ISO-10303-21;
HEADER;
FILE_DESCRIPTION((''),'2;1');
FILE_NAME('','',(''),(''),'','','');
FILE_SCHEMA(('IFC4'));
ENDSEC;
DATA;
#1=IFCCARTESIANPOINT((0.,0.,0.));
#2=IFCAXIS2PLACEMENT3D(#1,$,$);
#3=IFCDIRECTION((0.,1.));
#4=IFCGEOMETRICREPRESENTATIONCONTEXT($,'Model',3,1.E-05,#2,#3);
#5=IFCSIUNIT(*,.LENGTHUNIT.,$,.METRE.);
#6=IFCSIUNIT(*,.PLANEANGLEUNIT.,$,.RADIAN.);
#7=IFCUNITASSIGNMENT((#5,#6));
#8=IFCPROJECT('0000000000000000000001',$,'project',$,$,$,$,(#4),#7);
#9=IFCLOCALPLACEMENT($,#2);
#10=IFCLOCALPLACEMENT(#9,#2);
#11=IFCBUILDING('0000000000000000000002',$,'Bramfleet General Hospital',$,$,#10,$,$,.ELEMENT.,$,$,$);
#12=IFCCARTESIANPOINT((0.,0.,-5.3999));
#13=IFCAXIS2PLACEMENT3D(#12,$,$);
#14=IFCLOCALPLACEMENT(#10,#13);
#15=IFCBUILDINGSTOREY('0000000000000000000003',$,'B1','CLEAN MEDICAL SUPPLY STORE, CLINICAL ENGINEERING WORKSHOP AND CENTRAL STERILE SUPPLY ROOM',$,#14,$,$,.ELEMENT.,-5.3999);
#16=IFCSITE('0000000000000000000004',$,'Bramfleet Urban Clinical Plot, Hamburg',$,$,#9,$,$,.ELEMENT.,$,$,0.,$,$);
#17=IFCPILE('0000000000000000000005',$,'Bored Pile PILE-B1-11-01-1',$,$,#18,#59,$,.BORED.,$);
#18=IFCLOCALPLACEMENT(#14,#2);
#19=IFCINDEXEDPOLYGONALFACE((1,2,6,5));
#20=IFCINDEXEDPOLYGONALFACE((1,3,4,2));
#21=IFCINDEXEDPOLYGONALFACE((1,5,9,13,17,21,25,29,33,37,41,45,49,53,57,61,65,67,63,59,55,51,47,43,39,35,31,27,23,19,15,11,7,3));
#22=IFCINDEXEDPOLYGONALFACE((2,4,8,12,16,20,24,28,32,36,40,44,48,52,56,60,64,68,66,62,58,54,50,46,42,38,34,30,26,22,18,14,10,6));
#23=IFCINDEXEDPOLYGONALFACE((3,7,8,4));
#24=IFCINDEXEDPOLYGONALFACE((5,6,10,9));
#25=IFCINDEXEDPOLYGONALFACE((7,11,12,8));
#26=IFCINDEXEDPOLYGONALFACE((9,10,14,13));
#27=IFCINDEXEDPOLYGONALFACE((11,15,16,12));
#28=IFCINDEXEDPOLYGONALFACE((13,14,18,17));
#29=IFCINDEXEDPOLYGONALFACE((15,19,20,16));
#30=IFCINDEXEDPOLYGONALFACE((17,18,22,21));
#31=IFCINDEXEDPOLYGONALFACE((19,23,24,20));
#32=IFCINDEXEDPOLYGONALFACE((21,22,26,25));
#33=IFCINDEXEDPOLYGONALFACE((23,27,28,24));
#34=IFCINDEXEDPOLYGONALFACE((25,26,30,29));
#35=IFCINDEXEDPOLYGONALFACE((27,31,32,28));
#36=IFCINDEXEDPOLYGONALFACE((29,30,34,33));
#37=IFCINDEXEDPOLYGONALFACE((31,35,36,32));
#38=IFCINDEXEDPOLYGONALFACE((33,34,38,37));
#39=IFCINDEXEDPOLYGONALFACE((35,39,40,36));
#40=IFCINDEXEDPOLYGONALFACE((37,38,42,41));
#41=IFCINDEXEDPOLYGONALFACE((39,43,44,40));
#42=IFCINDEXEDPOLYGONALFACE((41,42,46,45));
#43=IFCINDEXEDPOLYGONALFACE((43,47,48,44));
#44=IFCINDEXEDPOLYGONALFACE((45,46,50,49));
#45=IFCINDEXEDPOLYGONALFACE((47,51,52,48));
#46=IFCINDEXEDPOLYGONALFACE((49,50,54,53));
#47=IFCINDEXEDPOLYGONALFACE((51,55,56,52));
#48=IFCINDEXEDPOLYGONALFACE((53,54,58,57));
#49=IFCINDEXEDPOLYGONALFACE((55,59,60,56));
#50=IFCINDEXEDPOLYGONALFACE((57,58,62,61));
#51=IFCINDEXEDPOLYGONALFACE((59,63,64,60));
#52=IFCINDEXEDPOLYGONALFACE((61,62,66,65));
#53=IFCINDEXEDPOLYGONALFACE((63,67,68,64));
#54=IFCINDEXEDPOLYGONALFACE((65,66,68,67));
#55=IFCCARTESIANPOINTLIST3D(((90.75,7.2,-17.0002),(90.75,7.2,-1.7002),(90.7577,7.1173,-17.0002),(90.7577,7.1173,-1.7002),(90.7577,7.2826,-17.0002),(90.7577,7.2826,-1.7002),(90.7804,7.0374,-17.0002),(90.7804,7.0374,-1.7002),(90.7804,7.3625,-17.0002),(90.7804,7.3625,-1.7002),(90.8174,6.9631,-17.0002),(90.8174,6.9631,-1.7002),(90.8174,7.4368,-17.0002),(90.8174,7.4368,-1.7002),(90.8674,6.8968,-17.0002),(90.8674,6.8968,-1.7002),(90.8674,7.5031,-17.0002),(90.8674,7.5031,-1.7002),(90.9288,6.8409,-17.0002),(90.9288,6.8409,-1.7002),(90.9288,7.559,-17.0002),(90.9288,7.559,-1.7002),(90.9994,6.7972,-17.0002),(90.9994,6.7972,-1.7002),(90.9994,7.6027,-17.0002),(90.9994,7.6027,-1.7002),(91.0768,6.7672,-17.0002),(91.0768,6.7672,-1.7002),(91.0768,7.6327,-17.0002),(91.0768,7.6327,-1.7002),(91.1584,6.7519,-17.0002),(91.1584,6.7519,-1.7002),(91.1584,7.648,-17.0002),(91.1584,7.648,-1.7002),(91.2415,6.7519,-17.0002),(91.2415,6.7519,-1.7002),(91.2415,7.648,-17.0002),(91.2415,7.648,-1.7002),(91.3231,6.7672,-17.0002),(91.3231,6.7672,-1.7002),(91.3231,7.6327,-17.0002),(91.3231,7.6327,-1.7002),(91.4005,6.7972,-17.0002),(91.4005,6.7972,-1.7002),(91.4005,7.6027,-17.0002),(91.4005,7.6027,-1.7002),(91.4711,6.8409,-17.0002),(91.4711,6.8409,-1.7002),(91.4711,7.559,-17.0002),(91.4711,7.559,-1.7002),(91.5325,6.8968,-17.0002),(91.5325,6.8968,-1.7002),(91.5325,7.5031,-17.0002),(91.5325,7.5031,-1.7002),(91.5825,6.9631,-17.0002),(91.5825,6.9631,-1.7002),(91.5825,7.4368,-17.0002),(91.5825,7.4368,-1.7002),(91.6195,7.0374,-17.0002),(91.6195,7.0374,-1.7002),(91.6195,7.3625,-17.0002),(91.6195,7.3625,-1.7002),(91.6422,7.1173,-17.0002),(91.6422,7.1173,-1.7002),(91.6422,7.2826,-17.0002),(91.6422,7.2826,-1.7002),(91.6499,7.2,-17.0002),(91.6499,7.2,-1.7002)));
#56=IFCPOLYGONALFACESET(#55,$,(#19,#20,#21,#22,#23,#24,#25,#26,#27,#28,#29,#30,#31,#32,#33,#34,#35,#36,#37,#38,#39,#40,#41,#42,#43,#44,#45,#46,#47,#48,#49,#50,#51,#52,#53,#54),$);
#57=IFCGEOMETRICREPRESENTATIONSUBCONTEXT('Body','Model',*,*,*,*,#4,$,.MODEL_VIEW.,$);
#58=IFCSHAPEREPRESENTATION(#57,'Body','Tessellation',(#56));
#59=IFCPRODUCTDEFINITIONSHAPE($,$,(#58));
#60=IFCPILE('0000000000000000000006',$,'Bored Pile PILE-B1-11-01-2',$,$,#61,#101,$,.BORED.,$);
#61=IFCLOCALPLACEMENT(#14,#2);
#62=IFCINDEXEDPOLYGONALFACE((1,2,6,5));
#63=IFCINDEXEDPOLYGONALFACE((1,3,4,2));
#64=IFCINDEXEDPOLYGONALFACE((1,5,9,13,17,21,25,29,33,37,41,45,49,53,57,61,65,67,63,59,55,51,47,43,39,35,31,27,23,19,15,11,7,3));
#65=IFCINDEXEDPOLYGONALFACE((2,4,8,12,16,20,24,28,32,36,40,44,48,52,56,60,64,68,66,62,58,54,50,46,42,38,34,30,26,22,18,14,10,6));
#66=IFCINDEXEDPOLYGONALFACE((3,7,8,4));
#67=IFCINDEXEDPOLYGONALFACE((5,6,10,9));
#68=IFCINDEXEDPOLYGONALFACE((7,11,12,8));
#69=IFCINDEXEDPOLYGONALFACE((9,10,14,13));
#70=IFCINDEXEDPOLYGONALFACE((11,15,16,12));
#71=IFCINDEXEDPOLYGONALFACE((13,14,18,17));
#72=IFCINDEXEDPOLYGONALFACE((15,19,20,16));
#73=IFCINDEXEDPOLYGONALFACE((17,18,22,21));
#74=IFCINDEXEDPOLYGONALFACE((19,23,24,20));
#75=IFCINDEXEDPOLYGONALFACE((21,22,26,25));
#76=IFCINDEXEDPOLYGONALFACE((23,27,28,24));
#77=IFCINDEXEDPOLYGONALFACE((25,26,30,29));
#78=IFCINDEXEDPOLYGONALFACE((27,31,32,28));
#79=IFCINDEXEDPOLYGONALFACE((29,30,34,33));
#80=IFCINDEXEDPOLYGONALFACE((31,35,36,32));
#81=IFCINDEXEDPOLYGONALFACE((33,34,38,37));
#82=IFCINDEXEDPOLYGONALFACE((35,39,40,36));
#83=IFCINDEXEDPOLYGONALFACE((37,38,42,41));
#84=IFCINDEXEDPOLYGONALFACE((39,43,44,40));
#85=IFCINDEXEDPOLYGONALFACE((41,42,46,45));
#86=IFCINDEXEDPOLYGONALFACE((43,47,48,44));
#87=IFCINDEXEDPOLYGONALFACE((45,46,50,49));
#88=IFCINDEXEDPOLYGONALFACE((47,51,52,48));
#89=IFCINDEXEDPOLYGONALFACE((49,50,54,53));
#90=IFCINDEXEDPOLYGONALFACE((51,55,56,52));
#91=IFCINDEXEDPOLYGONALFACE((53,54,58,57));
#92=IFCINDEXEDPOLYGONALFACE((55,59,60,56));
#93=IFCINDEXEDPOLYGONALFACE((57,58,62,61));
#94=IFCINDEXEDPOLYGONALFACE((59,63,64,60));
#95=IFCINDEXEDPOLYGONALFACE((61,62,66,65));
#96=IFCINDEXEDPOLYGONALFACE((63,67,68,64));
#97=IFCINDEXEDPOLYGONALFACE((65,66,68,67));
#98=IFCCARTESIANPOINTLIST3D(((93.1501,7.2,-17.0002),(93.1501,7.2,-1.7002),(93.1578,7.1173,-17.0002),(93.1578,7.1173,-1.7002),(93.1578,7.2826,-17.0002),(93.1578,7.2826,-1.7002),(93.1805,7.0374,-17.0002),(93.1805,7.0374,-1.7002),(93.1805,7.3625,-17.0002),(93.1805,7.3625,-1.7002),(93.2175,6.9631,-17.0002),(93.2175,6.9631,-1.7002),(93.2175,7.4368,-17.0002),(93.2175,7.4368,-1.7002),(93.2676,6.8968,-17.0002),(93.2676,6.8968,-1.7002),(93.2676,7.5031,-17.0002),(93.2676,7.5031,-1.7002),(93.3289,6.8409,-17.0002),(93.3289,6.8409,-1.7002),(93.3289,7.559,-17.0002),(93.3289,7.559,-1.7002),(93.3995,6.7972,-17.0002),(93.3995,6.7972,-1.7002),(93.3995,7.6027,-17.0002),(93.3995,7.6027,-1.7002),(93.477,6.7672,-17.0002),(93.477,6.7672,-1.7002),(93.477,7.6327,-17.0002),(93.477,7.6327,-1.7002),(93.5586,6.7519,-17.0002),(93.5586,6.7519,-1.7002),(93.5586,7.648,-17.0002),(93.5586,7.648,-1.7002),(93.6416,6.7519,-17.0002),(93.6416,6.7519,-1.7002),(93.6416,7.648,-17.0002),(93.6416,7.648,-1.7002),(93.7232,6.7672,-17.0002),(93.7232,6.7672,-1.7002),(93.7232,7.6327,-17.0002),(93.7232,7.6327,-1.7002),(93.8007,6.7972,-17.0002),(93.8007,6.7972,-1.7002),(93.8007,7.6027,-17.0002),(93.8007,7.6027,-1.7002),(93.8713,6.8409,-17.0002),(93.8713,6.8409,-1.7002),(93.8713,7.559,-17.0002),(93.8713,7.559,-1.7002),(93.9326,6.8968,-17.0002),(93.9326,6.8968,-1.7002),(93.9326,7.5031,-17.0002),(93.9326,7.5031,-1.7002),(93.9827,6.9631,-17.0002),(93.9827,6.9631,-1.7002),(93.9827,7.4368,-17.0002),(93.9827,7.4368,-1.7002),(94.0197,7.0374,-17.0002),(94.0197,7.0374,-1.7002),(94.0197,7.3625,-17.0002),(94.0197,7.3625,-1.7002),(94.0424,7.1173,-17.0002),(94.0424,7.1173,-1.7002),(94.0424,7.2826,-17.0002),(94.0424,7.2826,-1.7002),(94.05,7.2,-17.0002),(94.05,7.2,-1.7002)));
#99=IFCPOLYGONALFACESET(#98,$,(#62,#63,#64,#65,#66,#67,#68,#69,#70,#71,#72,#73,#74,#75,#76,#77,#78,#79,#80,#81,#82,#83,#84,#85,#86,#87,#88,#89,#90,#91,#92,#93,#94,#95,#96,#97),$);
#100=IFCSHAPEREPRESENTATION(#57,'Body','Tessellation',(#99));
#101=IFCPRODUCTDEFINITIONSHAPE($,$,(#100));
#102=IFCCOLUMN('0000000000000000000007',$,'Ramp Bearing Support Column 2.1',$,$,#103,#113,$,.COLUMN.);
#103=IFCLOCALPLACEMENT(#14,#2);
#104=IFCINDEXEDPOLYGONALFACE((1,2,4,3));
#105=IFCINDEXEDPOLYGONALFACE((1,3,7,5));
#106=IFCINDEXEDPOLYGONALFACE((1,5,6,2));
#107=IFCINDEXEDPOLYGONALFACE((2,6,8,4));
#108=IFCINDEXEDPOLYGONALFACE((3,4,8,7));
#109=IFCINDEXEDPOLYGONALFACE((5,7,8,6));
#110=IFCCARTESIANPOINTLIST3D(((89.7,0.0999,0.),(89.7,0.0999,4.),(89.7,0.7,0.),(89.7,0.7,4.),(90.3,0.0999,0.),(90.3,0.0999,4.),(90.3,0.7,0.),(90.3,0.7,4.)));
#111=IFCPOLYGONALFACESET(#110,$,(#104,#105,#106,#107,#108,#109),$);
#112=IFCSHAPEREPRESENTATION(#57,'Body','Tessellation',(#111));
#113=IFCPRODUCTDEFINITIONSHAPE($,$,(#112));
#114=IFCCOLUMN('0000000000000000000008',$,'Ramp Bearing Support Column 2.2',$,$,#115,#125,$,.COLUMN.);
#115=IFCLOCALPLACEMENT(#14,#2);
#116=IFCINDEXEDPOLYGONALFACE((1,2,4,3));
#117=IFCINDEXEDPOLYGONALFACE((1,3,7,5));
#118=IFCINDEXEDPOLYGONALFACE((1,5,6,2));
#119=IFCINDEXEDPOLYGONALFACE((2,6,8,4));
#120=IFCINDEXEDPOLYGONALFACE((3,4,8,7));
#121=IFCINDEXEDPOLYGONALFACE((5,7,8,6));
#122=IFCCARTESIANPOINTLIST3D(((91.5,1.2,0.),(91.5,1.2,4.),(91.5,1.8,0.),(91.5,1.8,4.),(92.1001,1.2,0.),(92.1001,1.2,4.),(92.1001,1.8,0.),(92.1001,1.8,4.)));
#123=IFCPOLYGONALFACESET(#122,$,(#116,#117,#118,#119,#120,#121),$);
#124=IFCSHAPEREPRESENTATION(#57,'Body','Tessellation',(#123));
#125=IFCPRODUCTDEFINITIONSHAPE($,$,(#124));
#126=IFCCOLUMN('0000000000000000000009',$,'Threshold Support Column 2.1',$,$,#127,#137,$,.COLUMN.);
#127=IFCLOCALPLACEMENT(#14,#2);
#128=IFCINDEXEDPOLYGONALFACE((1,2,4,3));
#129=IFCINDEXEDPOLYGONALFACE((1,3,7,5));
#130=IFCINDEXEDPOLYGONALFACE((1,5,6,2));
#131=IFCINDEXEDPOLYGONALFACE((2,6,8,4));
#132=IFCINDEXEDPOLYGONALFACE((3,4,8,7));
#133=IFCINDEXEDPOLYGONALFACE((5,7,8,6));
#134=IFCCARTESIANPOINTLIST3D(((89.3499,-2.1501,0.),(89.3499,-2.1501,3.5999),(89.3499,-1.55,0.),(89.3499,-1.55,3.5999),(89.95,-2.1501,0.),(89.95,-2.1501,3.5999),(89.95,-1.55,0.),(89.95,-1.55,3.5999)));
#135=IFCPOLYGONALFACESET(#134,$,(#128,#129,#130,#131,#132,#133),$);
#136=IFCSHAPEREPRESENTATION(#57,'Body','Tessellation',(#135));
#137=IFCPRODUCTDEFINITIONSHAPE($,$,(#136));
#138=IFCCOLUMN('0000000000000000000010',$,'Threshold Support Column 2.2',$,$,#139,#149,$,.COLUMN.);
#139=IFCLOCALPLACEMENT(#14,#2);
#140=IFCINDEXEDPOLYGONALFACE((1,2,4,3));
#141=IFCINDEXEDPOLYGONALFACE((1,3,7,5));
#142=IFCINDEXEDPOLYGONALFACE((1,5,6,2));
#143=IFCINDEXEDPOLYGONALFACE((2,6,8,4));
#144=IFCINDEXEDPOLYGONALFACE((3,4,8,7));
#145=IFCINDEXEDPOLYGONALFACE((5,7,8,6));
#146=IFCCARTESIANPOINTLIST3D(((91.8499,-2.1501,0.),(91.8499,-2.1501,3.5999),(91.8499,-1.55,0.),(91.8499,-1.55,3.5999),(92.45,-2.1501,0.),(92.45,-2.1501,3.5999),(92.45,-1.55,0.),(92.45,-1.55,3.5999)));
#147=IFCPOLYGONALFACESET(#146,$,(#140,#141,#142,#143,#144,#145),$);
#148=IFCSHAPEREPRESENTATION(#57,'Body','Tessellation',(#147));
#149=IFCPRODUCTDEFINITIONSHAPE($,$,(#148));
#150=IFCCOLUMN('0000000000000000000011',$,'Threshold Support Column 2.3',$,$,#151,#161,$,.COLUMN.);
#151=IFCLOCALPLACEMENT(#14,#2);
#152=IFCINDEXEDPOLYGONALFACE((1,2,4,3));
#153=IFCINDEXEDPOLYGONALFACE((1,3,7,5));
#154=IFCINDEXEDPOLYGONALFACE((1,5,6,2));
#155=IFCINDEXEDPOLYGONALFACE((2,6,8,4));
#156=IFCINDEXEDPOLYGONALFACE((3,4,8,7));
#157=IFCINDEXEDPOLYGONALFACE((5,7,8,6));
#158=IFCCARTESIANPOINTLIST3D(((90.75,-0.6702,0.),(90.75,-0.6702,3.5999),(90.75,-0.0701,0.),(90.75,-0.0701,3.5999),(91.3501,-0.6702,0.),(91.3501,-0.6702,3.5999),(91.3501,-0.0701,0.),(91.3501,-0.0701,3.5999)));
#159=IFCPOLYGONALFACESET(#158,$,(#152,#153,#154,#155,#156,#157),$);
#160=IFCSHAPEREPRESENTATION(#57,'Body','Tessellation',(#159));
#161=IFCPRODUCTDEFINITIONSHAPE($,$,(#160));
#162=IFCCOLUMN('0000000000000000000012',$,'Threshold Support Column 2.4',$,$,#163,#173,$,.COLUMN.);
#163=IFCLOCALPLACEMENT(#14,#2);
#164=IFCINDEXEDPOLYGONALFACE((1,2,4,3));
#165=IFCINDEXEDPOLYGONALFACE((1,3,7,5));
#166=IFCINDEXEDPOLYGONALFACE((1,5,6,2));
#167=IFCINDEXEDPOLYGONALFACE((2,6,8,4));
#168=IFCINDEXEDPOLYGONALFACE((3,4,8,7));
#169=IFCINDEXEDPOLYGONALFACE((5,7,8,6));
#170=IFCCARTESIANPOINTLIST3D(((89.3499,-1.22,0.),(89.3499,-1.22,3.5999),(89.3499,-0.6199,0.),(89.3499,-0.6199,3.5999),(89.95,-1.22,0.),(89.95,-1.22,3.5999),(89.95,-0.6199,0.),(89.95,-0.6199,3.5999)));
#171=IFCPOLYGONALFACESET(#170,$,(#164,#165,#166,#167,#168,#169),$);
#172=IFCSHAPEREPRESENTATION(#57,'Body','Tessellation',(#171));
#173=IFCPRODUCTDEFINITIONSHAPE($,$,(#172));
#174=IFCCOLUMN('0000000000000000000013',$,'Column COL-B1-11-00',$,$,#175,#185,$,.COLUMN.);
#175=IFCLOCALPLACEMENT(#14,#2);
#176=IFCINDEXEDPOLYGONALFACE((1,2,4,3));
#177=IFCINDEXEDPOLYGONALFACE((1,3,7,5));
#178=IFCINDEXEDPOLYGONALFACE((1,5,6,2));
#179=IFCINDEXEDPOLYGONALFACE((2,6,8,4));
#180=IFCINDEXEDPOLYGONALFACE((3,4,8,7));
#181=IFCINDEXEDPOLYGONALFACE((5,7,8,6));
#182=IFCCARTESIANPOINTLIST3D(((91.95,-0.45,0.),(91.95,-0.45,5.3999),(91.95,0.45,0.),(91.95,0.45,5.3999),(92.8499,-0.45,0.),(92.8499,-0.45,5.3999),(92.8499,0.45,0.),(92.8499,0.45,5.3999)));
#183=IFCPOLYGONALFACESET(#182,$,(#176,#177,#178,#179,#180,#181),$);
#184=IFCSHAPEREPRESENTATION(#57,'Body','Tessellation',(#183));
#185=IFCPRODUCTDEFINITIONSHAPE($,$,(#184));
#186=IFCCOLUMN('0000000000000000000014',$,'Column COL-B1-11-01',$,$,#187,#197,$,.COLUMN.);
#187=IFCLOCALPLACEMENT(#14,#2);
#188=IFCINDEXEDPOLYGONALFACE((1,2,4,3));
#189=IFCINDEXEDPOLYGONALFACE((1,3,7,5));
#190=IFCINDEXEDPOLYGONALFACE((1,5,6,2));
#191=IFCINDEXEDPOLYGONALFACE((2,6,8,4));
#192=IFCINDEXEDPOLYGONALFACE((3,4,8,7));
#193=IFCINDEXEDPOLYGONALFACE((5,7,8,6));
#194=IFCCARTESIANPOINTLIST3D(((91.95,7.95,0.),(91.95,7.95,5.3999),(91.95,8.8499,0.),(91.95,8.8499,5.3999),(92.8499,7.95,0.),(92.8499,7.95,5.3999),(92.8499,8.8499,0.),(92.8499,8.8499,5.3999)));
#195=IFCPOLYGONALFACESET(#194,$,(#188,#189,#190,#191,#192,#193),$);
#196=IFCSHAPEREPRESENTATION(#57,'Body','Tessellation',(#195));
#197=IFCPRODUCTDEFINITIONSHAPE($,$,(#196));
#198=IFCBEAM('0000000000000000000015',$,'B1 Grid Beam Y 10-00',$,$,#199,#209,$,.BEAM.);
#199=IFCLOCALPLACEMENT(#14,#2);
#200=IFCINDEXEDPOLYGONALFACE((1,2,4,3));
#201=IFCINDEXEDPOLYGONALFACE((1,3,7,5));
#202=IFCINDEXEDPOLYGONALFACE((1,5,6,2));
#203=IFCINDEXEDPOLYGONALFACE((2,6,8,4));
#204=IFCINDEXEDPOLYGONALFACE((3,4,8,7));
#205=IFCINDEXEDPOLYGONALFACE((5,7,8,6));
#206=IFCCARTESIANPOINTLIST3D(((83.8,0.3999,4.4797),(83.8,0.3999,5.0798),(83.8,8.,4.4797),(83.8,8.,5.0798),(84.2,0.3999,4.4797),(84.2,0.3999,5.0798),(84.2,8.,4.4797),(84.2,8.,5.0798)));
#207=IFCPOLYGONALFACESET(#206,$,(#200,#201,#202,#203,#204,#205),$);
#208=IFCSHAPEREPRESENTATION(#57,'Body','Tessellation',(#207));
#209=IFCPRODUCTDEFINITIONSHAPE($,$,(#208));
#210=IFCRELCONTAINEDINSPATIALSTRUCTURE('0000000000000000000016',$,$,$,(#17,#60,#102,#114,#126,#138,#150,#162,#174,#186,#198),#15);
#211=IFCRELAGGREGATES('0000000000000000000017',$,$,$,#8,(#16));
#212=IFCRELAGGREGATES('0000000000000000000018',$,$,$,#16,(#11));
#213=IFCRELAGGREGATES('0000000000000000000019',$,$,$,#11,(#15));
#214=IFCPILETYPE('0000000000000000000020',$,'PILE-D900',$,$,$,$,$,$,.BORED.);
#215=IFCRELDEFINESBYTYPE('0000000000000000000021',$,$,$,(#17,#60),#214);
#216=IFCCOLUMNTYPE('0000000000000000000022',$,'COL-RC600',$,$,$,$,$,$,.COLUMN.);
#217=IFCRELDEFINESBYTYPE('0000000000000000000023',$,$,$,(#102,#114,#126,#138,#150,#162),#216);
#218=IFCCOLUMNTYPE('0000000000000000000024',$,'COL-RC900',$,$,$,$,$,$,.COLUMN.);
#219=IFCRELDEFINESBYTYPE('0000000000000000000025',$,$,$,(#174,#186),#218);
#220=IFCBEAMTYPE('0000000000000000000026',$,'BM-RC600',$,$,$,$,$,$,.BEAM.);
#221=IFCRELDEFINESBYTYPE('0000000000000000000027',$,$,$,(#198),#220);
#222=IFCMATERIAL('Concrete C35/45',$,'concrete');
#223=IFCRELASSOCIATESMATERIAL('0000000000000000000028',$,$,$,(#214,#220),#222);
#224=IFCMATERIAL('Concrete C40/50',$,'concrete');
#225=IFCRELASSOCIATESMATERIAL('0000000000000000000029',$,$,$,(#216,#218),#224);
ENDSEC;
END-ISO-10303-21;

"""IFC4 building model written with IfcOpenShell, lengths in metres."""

from ifc_helpers import new_model, si_unit, direction, frame, origin, origin_2d, place, context, subcontext, project, spatial, rectangle, circle, extrude, material, material_profile, profile_set, type_object, element, save


model = new_model("IFC4")

# Units and contexts
model_context = context("Model", 3, precision=1e-05, world=origin(), true_north=direction((0.0, 1.0)))
body_context = subcontext(model_context, "Body", "Model", "MODEL_VIEW")
ifc_project = project(units=[si_unit("LENGTHUNIT", "METRE"), si_unit("PLANEANGLEUNIT", "RADIAN")], contexts=[model_context])

# Site, building, storey
site_placement = place(None, origin())
site = spatial("IfcSite", under=ifc_project, at=site_placement, Name="Bramfleet Urban Clinical Plot, Hamburg", CompositionType="ELEMENT", RefElevation=0.0)
building_placement = place(site_placement, origin())
building = spatial("IfcBuilding", under=site, at=building_placement, Name="Bramfleet General Hospital", CompositionType="ELEMENT")
storey_placement = place(building_placement, frame((0.0, 0.0, -5.3999)))
storey = spatial("IfcBuildingStorey", under=building, at=storey_placement, Name="B1", Description="CLEAN MEDICAL SUPPLY STORE, CLINICAL ENGINEERING WORKSHOP AND CENTRAL STERILE SUPPLY ROOM", CompositionType="ELEMENT", Elevation=-5.3999)

# Shared definitions
ifc_material_1 = material(Name="Concrete C35/45", Category="concrete")

# Piles
ifc_material_profile_1 = material_profile(ifc_material_1, circle(Radius=0.45, at=origin_2d()), Name="PILE BORED D900")
ifc_profile_set_1 = profile_set([ifc_material_profile_1], Name="Concrete C35/45")
pile_type_1 = type_object("IfcPileType", Name="PILE-D900", PredefinedType="BORED", material=ifc_profile_set_1)
for number, where, z_axis, x_axis, name in (
    (1, (91.2, 7.2, -1.7002), (0.0, 0.0, -1.0), (1.0, 0.0, 0.0), "Bored Pile PILE-B1-11-01-1"),
    (2, (93.6001, 7.2, -1.7002), (0.0, 0.0, -1.0), (1.0, 0.0, 0.0), "Bored Pile PILE-B1-11-01-2"),
):
    element("IfcPile", number, at=place(storey_placement, frame(where, z_axis=z_axis, x_axis=x_axis)), inside=storey, type_object=pile_type_1, Name=name, PredefinedType="BORED", context=body_context, shape_type="SweptSolid", body=[
        extrude(circle(Radius=0.45, at=origin_2d()), origin(), (0.0, 0.0, 1.0), 15.3),
    ])

# Columns
ifc_material_2 = material(Name="Concrete C40/50", Category="concrete")
ifc_material_profile_2 = material_profile(ifc_material_2, rectangle(XDim=0.6001, YDim=0.6001, at=origin_2d()), Name="RC COL 600x600")
ifc_profile_set_2 = profile_set([ifc_material_profile_2], Name="Concrete C40/50")
column_type_1 = type_object("IfcColumnType", Name="COL-RC600", PredefinedType="COLUMN", material=ifc_profile_set_2)
for number, where, z_axis, x_axis, name in (
    (3, (90.0, 0.3999, 0.0), (0.0, 0.0, 1.0), (1.0, 0.0, 0.0), "Ramp Bearing Support Column 2.1"),
    (4, (91.8, 1.5, 0.0), (0.0, 0.0, 1.0), (1.0, 0.0, 0.0), "Ramp Bearing Support Column 2.2"),
):
    element("IfcColumn", number, at=place(storey_placement, frame(where, z_axis=z_axis, x_axis=x_axis)), inside=storey, type_object=column_type_1, Name=name, PredefinedType="COLUMN", context=body_context, shape_type="SweptSolid", body=[
        extrude(rectangle(XDim=0.6001, YDim=0.6001, at=origin_2d()), origin(), (0.0, 0.0, 1.0), 4.0),
    ])
for number, where, z_axis, x_axis, name in (
    (5, (89.6499, -1.8501, 0.0), (0.0, 0.0, 1.0), (1.0, 0.0, 0.0), "Threshold Support Column 2.1"),
    (6, (92.1499, -1.8501, 0.0), (0.0, 0.0, 1.0), (1.0, 0.0, 0.0), "Threshold Support Column 2.2"),
    (7, (91.05, -0.3701, 0.0), (0.0, 0.0, 1.0), (1.0, 0.0, 0.0), "Threshold Support Column 2.3"),
    (8, (89.6499, -0.9199, 0.0), (0.0, 0.0, 1.0), (1.0, 0.0, 0.0), "Threshold Support Column 2.4"),
):
    element("IfcColumn", number, at=place(storey_placement, frame(where, z_axis=z_axis, x_axis=x_axis)), inside=storey, type_object=column_type_1, Name=name, PredefinedType="COLUMN", context=body_context, shape_type="SweptSolid", body=[
        extrude(rectangle(XDim=0.6001, YDim=0.6001, at=origin_2d()), origin(), (0.0, 0.0, 1.0), 3.5999),
    ])
ifc_material_profile_3 = material_profile(ifc_material_2, rectangle(XDim=0.8999, YDim=0.8999, at=origin_2d()), Name="RC COL 900x900")
ifc_profile_set_3 = profile_set([ifc_material_profile_3], Name="Concrete C40/50")
column_type_2 = type_object("IfcColumnType", Name="COL-RC900", PredefinedType="COLUMN", material=ifc_profile_set_3)
for number, where, z_axis, x_axis, name in (
    (9, (92.3999, 0.0, 0.0), (0.0, 0.0, 1.0), (1.0, 0.0, 0.0), "Column COL-B1-11-00"),
    (10, (92.3999, 8.3999, 0.0), (0.0, 0.0, 1.0), (1.0, 0.0, 0.0), "Column COL-B1-11-01"),
):
    element("IfcColumn", number, at=place(storey_placement, frame(where, z_axis=z_axis, x_axis=x_axis)), inside=storey, type_object=column_type_2, Name=name, PredefinedType="COLUMN", context=body_context, shape_type="SweptSolid", body=[
        extrude(rectangle(XDim=0.8999, YDim=0.8999, at=origin_2d()), origin(), (0.0, 0.0, 1.0), 5.3999),
    ])

# Beam
ifc_material_profile_4 = material_profile(ifc_material_1, rectangle(XDim=0.3999, YDim=0.6001, at=origin_2d()), Name="RC BM 600x400")
ifc_profile_set_4 = profile_set([ifc_material_profile_4], Name="Concrete C35/45")
beam_type_1 = type_object("IfcBeamType", Name="BM-RC600", PredefinedType="BEAM", material=ifc_profile_set_4)
beam_1_placement = place(storey_placement, frame((84.0, 0.3999, 4.7798), z_axis=(0.0, 1.0, 0.0), x_axis=(-1.0, 0.0, 0.0)))
element("IfcBeam", 11, at=beam_1_placement, inside=storey, type_object=beam_type_1, Name="B1 Grid Beam Y 10-00", PredefinedType="BEAM", context=body_context, shape_type="SweptSolid", body=[
    extrude(rectangle(XDim=0.3999, YDim=0.6001, at=origin_2d()), origin(), (0.0, 0.0, 1.0), 7.6001),
])

save(model, "model.ifc")
